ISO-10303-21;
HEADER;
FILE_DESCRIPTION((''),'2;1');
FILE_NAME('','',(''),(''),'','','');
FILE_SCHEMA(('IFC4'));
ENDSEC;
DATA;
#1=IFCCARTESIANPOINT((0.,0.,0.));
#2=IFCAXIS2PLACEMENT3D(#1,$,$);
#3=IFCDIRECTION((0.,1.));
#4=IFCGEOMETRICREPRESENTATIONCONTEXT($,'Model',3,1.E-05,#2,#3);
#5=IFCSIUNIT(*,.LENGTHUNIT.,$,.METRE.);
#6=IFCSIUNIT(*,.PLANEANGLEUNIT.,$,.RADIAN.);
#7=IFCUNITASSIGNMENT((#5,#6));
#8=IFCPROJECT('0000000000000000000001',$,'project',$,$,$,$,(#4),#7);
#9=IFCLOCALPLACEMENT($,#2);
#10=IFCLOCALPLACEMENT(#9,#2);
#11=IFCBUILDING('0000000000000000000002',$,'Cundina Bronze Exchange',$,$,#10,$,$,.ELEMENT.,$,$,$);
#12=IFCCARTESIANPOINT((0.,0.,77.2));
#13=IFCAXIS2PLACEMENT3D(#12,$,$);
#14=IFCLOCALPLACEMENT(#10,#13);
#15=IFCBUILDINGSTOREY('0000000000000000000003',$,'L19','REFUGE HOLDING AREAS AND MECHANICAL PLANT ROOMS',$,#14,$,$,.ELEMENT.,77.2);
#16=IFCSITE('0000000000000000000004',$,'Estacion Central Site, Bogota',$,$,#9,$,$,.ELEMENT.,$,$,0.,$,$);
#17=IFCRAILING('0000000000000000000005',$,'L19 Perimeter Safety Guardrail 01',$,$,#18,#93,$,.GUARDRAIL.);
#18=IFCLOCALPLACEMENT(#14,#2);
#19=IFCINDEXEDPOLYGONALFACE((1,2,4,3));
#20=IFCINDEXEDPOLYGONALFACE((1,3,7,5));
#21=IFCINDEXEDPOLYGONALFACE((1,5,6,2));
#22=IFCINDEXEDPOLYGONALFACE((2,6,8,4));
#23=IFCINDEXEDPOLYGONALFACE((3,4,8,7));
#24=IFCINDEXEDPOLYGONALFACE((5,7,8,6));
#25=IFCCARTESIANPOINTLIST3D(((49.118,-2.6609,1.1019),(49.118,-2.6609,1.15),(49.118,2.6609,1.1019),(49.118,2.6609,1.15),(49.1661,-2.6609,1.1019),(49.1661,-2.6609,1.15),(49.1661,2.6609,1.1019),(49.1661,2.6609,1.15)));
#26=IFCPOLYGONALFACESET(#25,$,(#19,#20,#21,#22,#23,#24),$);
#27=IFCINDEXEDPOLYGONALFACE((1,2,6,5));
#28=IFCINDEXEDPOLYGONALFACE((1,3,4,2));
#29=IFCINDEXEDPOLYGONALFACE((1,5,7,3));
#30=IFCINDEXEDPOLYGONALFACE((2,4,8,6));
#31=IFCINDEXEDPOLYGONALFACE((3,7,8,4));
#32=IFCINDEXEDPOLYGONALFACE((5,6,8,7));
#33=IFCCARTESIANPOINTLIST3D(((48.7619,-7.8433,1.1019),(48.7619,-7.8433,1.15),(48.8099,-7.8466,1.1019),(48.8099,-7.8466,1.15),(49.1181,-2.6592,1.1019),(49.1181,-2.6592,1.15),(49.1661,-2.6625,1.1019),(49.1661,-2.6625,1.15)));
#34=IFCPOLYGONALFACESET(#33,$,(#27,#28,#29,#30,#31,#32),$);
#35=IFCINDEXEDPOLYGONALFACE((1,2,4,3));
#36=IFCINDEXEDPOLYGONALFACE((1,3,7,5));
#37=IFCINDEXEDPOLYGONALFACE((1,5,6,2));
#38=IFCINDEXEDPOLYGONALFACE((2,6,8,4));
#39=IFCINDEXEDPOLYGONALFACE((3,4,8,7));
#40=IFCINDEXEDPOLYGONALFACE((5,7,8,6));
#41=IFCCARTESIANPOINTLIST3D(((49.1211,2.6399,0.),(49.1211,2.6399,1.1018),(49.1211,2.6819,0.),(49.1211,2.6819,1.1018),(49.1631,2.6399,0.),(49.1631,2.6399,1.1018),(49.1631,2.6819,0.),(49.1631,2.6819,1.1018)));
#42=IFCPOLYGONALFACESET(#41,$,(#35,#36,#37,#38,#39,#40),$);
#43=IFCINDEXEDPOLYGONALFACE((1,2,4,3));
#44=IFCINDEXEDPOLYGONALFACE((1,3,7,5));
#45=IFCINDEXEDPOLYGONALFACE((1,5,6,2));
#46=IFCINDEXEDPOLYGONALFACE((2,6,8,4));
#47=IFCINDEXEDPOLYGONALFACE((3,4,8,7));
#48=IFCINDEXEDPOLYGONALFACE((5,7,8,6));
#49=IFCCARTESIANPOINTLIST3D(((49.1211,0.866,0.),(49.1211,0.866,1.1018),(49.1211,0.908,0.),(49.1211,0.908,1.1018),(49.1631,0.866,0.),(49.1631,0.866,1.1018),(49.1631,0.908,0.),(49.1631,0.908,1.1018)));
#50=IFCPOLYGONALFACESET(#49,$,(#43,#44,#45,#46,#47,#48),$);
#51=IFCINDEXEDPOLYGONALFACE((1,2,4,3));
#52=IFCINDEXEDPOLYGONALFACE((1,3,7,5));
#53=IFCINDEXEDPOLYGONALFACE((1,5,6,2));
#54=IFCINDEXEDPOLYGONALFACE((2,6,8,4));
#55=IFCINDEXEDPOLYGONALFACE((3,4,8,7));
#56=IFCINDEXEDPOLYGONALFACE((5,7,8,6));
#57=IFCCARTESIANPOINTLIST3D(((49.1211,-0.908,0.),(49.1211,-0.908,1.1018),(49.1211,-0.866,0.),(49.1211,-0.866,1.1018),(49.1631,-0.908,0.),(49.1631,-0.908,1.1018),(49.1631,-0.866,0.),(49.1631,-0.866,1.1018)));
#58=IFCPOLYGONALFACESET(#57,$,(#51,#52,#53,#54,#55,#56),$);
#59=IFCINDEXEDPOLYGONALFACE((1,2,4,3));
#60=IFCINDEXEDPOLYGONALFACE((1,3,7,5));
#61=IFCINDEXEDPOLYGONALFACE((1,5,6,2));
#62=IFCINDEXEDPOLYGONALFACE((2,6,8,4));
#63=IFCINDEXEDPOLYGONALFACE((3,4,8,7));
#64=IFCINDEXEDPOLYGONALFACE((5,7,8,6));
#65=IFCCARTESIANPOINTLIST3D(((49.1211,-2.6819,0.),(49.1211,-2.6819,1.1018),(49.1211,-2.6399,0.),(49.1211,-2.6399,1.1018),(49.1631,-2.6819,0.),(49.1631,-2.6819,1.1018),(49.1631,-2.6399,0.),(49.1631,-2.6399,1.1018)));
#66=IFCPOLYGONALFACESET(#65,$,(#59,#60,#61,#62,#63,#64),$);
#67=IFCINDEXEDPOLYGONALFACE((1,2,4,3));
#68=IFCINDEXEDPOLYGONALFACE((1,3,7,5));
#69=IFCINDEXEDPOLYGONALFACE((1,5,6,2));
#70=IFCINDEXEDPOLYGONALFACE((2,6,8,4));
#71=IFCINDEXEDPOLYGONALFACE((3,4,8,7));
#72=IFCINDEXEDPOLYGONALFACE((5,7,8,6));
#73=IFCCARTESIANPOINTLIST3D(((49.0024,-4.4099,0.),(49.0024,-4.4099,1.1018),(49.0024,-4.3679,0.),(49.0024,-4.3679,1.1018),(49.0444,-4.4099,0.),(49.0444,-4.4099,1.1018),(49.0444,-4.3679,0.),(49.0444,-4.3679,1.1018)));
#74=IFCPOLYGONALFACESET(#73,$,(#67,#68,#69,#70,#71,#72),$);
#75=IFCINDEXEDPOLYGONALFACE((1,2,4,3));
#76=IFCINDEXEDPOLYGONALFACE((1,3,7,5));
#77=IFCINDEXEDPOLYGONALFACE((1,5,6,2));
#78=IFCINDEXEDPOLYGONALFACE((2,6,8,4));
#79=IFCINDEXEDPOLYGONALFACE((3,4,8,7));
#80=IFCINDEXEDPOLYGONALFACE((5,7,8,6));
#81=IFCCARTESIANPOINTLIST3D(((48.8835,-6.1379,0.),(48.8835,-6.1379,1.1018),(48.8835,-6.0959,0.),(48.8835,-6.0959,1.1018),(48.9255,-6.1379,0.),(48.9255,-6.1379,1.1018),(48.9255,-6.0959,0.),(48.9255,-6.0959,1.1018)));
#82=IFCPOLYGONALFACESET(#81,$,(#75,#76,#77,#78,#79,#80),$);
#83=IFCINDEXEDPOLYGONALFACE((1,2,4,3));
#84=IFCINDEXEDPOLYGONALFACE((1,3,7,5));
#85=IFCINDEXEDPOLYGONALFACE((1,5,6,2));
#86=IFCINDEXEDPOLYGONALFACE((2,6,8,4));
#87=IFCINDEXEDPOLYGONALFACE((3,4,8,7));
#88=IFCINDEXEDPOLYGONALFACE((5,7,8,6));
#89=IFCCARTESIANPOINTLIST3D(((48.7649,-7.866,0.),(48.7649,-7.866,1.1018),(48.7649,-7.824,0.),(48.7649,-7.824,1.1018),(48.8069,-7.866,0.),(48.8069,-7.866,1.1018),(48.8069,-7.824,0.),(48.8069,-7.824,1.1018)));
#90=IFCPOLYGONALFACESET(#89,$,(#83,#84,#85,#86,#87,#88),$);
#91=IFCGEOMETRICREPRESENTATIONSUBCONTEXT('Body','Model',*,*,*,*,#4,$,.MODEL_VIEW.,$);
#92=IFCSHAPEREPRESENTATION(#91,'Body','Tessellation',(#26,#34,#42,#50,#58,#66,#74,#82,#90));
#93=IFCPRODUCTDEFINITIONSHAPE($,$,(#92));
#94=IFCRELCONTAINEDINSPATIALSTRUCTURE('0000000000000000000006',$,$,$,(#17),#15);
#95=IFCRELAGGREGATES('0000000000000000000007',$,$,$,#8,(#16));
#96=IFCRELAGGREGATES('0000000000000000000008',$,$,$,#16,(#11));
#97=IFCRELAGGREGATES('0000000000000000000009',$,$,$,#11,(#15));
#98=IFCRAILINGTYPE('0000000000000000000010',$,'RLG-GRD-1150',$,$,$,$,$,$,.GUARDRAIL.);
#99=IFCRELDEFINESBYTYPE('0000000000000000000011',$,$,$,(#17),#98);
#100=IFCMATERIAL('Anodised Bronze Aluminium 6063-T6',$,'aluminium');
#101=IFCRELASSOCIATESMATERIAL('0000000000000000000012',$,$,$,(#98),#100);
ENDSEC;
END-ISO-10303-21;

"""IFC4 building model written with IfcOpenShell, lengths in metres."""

from ifc_helpers import new_model, si_unit, direction, frame, origin, origin_2d, place, context, subcontext, project, spatial, rectangle, extrude, material, type_object, element, save


model = new_model("IFC4")

# Units and contexts
model_context = context("Model", 3, precision=1e-05, world=origin(), true_north=direction((0.0, 1.0)))
body_context = subcontext(model_context, "Body", "Model", "MODEL_VIEW")
ifc_project = project(units=[si_unit("LENGTHUNIT", "METRE"), si_unit("PLANEANGLEUNIT", "RADIAN")], contexts=[model_context])

# Site, building, storey
site_placement = place(None, origin())
site = spatial("IfcSite", under=ifc_project, at=site_placement, Name="Estacion Central Site, Bogota", CompositionType="ELEMENT", RefElevation=0.0)
building_placement = place(site_placement, origin())
building = spatial("IfcBuilding", under=site, at=building_placement, Name="Cundina Bronze Exchange", CompositionType="ELEMENT")
storey_placement = place(building_placement, frame((0.0, 0.0, 77.2)))
storey = spatial("IfcBuildingStorey", under=building, at=storey_placement, Name="L19", Description="REFUGE HOLDING AREAS AND MECHANICAL PLANT ROOMS", CompositionType="ELEMENT", Elevation=77.2)

# Railing
ifc_material_1 = material(Name="Anodised Bronze Aluminium 6063-T6", Category="aluminium")
railing_type = type_object("IfcRailingType", Name="RLG-GRD-1150", PredefinedType="GUARDRAIL", material=ifc_material_1)
railing_placement = place(storey_placement, frame((49.1421, 2.6609, 0.0)))
element("IfcRailing", 1, at=railing_placement, inside=storey, type_object=railing_type, Name="L19 Perimeter Safety Guardrail 01", PredefinedType="GUARDRAIL", context=body_context, shape_type="SweptSolid", body=[
    extrude(rectangle(XDim=0.0481, YDim=0.0481, at=origin_2d()), frame((0.0, 0.0, 1.126), z_axis=(0.0, -1.0, 0.0), x_axis=(1.0, 0.0, 0.0)), (0.0, 0.0, 1.0), 5.3218),
    extrude(rectangle(XDim=0.0481, YDim=0.0481, at=origin_2d()), frame((0.0, -5.3218, 1.126), z_axis=(-0.068549, -0.997648, 0.0), x_axis=(0.997648, -0.068549, 0.0)), (0.0, 0.0, 1.0), 5.1963),
    extrude(rectangle(XDim=0.042, YDim=0.042, at=origin_2d()), origin(), (0.0, 0.0, 1.0), 1.1018),
    extrude(rectangle(XDim=0.042, YDim=0.042, at=origin_2d()), frame((0.0, -1.7739, 0.0)), (0.0, 0.0, 1.0), 1.1018),
    extrude(rectangle(XDim=0.042, YDim=0.042, at=origin_2d()), frame((0.0, -3.5479, 0.0)), (0.0, 0.0, 1.0), 1.1018),
    extrude(rectangle(XDim=0.042, YDim=0.042, at=origin_2d()), frame((0.0, -5.3218, 0.0)), (0.0, 0.0, 1.0), 1.1018),
    extrude(rectangle(XDim=0.042, YDim=0.042, at=origin_2d()), frame((-0.1187, -7.0498, 0.0)), (0.0, 0.0, 1.0), 1.1018),
    extrude(rectangle(XDim=0.042, YDim=0.042, at=origin_2d()), frame((-0.2375, -8.7778, 0.0)), (0.0, 0.0, 1.0), 1.1018),
    extrude(rectangle(XDim=0.042, YDim=0.042, at=origin_2d()), frame((-0.3562, -10.5059, 0.0)), (0.0, 0.0, 1.0), 1.1018),
])

save(model, "model.ifc")
